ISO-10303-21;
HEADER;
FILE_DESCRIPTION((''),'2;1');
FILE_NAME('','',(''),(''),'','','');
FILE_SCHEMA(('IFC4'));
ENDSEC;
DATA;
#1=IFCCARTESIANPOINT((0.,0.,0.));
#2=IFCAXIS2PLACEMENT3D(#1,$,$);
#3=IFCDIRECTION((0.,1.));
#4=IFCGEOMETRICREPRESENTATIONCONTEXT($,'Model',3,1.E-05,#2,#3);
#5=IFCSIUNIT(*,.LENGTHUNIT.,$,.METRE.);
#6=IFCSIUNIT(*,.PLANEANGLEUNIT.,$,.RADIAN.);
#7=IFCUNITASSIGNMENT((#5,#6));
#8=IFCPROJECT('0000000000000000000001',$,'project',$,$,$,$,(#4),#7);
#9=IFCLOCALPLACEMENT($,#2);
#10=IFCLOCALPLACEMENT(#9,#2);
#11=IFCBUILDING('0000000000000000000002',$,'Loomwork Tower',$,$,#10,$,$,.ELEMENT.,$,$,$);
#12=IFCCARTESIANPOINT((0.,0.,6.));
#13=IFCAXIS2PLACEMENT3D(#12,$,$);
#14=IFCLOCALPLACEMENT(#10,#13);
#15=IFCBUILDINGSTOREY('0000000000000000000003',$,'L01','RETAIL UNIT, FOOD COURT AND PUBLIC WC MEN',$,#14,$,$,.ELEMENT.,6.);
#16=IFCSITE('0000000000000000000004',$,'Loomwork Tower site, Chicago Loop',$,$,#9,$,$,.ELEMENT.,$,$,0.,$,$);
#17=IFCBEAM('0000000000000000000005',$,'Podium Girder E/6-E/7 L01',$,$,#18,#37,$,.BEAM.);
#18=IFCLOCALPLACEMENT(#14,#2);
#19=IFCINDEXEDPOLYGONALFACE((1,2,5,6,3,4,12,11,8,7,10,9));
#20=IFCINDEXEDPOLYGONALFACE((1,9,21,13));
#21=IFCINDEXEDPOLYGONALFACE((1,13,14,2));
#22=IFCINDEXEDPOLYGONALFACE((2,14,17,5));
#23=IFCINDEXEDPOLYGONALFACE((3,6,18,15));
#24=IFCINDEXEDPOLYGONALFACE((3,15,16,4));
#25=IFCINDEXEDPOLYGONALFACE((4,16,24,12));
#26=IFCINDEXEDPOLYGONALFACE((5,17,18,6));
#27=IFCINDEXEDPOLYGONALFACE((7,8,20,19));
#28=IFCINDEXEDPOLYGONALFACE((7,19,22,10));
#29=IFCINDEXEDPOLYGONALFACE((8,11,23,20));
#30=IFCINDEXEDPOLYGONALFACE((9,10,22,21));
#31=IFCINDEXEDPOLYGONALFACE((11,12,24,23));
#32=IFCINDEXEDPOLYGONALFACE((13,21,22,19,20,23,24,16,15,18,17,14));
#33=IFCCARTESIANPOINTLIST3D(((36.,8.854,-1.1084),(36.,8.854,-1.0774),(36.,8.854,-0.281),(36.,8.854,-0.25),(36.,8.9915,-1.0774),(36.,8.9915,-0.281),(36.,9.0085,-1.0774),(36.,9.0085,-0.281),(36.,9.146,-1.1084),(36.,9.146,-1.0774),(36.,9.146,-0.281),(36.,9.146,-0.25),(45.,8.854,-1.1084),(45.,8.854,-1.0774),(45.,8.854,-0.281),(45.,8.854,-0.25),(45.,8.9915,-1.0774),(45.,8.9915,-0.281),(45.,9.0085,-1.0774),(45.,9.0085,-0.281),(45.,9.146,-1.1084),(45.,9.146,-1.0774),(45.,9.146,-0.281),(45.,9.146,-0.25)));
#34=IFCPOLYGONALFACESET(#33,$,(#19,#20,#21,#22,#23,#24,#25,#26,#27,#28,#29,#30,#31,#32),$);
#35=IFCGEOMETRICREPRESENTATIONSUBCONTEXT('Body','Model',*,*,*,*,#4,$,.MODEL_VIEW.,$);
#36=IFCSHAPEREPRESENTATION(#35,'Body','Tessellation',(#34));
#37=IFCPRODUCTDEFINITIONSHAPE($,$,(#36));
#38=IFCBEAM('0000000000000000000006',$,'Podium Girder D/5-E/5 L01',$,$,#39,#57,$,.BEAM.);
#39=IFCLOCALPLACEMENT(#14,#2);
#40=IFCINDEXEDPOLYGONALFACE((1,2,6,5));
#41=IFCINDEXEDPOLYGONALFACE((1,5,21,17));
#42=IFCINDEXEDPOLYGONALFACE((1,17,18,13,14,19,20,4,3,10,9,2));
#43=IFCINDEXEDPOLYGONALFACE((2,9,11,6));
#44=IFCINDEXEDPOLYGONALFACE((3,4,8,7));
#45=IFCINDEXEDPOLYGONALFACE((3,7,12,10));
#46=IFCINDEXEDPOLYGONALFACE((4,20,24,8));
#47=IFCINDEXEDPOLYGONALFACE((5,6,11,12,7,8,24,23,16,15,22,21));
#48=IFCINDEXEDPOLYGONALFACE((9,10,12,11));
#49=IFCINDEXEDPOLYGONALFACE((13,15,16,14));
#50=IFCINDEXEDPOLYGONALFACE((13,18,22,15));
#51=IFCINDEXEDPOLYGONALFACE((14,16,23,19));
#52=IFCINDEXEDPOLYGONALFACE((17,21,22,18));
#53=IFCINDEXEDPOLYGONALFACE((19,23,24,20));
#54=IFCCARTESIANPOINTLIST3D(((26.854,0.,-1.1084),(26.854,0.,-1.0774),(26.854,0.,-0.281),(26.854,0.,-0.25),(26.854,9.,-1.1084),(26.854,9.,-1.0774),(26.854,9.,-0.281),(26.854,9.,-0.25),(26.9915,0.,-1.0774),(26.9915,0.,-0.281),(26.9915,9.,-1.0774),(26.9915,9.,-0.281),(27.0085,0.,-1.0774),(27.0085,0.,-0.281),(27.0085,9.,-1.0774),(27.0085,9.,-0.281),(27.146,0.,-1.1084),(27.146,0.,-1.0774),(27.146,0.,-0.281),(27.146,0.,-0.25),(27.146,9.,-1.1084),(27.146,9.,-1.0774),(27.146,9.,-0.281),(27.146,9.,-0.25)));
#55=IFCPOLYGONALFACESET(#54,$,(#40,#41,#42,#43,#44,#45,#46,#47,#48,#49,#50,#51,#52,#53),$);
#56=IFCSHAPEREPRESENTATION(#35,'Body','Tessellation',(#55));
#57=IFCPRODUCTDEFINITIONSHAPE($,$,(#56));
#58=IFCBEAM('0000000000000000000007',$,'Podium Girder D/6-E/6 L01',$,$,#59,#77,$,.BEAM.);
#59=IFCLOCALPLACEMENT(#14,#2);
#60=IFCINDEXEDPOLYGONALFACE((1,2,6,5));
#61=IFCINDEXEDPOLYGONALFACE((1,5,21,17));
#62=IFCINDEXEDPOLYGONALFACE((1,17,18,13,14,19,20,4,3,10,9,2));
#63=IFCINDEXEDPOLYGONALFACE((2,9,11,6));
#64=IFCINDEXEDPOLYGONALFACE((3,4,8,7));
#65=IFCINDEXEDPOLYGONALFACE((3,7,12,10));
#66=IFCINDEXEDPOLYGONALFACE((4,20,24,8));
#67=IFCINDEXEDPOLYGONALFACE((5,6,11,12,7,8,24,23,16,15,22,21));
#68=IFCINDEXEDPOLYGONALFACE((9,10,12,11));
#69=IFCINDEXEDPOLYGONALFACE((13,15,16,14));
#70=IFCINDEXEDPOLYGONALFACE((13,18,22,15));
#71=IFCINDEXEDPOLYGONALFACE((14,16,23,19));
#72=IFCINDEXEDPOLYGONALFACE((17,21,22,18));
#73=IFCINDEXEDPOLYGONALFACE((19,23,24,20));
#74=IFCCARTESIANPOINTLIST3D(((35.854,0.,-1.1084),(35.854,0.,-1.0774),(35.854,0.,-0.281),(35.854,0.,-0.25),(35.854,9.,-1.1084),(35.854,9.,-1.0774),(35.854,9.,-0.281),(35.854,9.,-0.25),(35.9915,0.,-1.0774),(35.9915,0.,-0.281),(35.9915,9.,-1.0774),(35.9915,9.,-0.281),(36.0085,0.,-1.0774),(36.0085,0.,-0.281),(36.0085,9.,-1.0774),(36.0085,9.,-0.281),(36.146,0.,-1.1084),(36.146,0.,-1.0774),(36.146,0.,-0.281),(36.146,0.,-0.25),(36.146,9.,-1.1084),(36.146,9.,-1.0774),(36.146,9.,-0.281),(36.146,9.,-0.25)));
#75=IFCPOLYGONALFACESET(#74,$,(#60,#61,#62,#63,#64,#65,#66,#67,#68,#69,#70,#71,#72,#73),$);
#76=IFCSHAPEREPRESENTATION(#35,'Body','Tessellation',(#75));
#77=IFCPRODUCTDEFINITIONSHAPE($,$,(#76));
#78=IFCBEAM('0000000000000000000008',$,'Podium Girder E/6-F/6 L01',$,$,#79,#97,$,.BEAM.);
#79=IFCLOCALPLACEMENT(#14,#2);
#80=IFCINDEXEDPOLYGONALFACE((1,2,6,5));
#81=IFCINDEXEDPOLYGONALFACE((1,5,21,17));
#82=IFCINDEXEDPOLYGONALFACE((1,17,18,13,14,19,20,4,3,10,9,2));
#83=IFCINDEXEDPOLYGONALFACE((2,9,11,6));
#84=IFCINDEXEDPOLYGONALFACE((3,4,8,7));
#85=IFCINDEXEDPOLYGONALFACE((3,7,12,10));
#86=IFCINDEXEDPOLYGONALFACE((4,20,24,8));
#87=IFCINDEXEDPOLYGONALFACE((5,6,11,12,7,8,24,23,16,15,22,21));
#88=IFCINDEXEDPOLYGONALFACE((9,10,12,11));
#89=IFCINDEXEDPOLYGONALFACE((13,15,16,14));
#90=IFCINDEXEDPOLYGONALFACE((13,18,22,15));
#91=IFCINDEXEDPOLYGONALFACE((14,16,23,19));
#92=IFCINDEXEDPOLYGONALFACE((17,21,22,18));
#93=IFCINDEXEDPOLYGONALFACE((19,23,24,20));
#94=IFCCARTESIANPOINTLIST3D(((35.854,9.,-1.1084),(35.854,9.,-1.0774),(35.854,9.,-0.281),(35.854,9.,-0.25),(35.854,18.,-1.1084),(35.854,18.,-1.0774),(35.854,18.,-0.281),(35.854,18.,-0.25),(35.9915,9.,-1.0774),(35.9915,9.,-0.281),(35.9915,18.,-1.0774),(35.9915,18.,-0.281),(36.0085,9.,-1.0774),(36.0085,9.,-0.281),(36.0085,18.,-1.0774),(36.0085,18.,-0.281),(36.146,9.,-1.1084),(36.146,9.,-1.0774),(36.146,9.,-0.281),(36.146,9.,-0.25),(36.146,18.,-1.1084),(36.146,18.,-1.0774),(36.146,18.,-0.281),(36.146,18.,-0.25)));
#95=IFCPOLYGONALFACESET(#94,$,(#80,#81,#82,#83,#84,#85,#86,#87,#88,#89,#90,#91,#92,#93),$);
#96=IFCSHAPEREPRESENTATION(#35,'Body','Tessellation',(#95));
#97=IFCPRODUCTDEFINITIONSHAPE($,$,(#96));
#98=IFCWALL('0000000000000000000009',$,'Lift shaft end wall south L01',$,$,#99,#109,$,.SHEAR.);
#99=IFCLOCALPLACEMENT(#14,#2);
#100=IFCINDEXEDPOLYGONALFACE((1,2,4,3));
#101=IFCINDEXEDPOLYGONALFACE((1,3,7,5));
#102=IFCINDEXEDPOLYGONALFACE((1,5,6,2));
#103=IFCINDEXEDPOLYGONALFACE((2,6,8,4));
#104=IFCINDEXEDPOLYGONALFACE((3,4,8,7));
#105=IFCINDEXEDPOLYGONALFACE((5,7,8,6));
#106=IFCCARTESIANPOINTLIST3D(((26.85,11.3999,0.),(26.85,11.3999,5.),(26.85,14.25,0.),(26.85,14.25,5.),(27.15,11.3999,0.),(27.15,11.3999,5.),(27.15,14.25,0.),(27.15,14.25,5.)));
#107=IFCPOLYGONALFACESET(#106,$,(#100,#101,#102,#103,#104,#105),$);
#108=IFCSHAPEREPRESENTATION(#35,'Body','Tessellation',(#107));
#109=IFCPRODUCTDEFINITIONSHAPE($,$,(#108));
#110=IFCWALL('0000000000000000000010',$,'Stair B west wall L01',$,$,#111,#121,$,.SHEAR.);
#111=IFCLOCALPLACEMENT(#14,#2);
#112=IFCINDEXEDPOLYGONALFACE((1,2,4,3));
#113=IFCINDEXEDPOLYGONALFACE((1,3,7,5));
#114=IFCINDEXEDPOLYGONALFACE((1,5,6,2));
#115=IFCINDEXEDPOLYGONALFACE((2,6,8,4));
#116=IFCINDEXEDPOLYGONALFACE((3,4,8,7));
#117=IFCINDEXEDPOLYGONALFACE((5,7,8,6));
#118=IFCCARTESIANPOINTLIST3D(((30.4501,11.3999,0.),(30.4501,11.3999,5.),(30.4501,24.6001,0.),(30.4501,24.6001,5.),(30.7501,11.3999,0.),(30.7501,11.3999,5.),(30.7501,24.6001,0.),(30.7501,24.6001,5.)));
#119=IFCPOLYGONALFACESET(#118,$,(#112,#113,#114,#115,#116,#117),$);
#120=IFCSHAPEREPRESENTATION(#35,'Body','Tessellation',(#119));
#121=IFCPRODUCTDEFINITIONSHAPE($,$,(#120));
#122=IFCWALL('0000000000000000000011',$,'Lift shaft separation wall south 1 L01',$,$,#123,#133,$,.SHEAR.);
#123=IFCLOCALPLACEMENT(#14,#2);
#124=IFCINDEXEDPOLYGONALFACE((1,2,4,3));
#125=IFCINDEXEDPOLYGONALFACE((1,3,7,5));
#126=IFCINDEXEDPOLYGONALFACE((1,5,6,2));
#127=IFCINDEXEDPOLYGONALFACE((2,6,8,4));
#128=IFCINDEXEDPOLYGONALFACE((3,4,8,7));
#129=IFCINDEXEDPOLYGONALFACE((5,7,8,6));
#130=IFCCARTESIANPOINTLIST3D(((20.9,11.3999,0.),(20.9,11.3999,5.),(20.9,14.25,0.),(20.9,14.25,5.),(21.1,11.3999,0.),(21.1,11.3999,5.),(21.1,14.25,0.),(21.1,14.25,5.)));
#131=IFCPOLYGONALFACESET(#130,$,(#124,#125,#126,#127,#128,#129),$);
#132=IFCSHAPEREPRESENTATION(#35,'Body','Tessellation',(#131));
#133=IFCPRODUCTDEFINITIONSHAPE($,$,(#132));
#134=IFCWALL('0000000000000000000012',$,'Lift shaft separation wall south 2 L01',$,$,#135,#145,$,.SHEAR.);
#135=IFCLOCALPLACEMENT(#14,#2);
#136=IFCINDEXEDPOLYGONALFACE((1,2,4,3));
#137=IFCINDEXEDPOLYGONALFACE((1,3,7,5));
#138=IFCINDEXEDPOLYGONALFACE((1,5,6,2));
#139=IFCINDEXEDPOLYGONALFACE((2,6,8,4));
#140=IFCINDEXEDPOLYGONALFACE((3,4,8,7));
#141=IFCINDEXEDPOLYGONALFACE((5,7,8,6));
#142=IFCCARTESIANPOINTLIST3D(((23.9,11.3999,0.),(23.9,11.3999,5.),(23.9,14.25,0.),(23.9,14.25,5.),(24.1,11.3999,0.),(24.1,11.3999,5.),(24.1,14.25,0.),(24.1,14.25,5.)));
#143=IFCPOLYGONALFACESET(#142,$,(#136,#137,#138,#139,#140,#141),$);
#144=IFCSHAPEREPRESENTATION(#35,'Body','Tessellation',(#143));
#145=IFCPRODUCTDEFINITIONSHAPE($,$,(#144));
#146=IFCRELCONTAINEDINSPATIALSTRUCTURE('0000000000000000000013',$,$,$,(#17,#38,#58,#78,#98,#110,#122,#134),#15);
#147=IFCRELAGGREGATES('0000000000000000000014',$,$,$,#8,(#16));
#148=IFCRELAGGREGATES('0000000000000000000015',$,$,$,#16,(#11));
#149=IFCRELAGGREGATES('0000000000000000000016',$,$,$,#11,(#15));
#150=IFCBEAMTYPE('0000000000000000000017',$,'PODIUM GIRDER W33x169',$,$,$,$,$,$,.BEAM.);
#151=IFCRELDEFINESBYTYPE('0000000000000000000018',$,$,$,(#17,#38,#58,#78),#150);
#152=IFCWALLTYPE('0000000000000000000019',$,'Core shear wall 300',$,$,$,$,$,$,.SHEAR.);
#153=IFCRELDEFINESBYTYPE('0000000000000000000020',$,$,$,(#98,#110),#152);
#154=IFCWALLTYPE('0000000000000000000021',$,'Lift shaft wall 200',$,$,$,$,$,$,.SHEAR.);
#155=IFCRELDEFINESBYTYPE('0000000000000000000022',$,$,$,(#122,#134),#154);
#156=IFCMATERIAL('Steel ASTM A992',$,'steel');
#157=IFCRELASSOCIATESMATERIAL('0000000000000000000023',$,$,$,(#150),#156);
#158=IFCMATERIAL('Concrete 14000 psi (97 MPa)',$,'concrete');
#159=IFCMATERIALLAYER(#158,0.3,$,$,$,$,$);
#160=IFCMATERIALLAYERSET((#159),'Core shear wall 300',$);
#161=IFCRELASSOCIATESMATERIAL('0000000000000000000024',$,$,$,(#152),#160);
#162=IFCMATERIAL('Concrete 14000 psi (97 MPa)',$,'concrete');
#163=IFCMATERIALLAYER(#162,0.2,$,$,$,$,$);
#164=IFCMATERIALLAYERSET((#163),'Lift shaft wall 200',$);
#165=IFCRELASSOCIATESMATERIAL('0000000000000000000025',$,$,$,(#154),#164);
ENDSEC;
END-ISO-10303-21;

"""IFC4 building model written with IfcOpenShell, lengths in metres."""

from ifc_helpers import new_model, si_unit, direction, frame, frame_2d, origin, origin_2d, place, context, subcontext, project, spatial, rectangle, i_section, extrude, material, layer, layer_set, material_profile, profile_set, type_object, element, save


model = new_model("IFC4")

# Units and contexts
model_context = context("Model", 3, precision=1e-05, world=origin(), true_north=direction((0.0, 1.0)))
body_context = subcontext(model_context, "Body", "Model", "MODEL_VIEW")
ifc_project = project(units=[si_unit("LENGTHUNIT", "METRE"), si_unit("PLANEANGLEUNIT", "RADIAN")], contexts=[model_context])

# Site, building, storey
site_placement = place(None, origin())
site = spatial("IfcSite", under=ifc_project, at=site_placement, Name="Loomwork Tower site, Chicago Loop", CompositionType="ELEMENT", RefElevation=0.0)
building_placement = place(site_placement, origin())
building = spatial("IfcBuilding", under=site, at=building_placement, Name="Loomwork Tower", CompositionType="ELEMENT")
storey_placement = place(building_placement, frame((0.0, 0.0, 6.0)))
storey = spatial("IfcBuildingStorey", under=building, at=storey_placement, Name="L01", Description="RETAIL UNIT, FOOD COURT AND PUBLIC WC MEN", CompositionType="ELEMENT", Elevation=6.0)

# Beams
ifc_material_1 = material(Name="Steel ASTM A992", Category="steel")
ifc_material_profile_1 = material_profile(ifc_material_1, i_section(OverallWidth=0.292, OverallDepth=0.8584, WebThickness=0.0171, FlangeThickness=0.031, at=origin_2d()), Name="W33x169")
ifc_profile_set_1 = profile_set([ifc_material_profile_1], Name="Steel ASTM A992")
beam_type_1 = type_object("IfcBeamType", Name="PODIUM GIRDER W33x169", PredefinedType="BEAM", material=ifc_profile_set_1)
for number, where, z_axis, x_axis, name in (
    (1, (36.0, 9.0, -0.6792), (1.0, 0.0, 0.0), (0.0, 1.0, 0.0), "Podium Girder E/6-E/7 L01"),
    (2, (27.0, 0.0, -0.6792), (0.0, 1.0, 0.0), (-1.0, 0.0, 0.0), "Podium Girder D/5-E/5 L01"),
    (3, (36.0, 0.0, -0.6792), (0.0, 1.0, 0.0), (-1.0, 0.0, 0.0), "Podium Girder D/6-E/6 L01"),
    (4, (36.0, 9.0, -0.6792), (0.0, 1.0, 0.0), (-1.0, 0.0, 0.0), "Podium Girder E/6-F/6 L01"),
):
    element("IfcBeam", number, at=place(storey_placement, frame(where, z_axis=z_axis, x_axis=x_axis)), inside=storey, type_object=beam_type_1, Name=name, PredefinedType="BEAM", context=body_context, shape_type="SweptSolid", body=[
        extrude(i_section(OverallWidth=0.292, OverallDepth=0.8584, WebThickness=0.0171, FlangeThickness=0.031, at=origin_2d()), origin(), (0.0, 0.0, 1.0), 9.0),
    ])

# Walls
ifc_material_2 = material(Name="Concrete 14000 psi (97 MPa)", Category="concrete")
ifc_layer_1 = layer(ifc_material_2, 0.3)
ifc_layer_set_1 = layer_set([ifc_layer_1], Name="Core shear wall 300")
wall_type_1 = type_object("IfcWallType", Name="Core shear wall 300", PredefinedType="SHEAR", material=ifc_layer_set_1)
wall_1_placement = place(storey_placement, frame((27.0, 11.3999, 0.0), z_axis=(0.0, 0.0, 1.0), x_axis=(0.0, 1.0, 0.0)))
element("IfcWall", 5, at=wall_1_placement, inside=storey, type_object=wall_type_1, Name="Lift shaft end wall south L01", PredefinedType="SHEAR", context=body_context, shape_type="SweptSolid", body=[
    extrude(rectangle(XDim=2.8501, YDim=0.3, at=frame_2d((1.425, 0.0))), origin(), (0.0, 0.0, 1.0), 5.0),
])
wall_2_placement = place(storey_placement, frame((30.6001, 11.3999, 0.0), z_axis=(0.0, 0.0, 1.0), x_axis=(0.0, 1.0, 0.0)))
element("IfcWall", 6, at=wall_2_placement, inside=storey, type_object=wall_type_1, Name="Stair B west wall L01", PredefinedType="SHEAR", context=body_context, shape_type="SweptSolid", body=[
    extrude(rectangle(XDim=13.2002, YDim=0.3, at=frame_2d((6.6001, 0.0))), origin(), (0.0, 0.0, 1.0), 5.0),
])
ifc_material_3 = material(Name="Concrete 14000 psi (97 MPa)", Category="concrete")
ifc_layer_2 = layer(ifc_material_3, 0.2)
ifc_layer_set_2 = layer_set([ifc_layer_2], Name="Lift shaft wall 200")
wall_type_2 = type_object("IfcWallType", Name="Lift shaft wall 200", PredefinedType="SHEAR", material=ifc_layer_set_2)
for number, where, z_axis, x_axis, name in (
    (7, (21.0, 11.3999, 0.0), (0.0, 0.0, 1.0), (0.0, 1.0, 0.0), "Lift shaft separation wall south 1 L01"),
    (8, (24.0, 11.3999, 0.0), (0.0, 0.0, 1.0), (0.0, 1.0, 0.0), "Lift shaft separation wall south 2 L01"),
):
    element("IfcWall", number, at=place(storey_placement, frame(where, z_axis=z_axis, x_axis=x_axis)), inside=storey, type_object=wall_type_2, Name=name, PredefinedType="SHEAR", context=body_context, shape_type="SweptSolid", body=[
        extrude(rectangle(XDim=2.8501, YDim=0.2, at=frame_2d((1.425, 0.0))), origin(), (0.0, 0.0, 1.0), 5.0),
    ])

save(model, "model.ifc")
